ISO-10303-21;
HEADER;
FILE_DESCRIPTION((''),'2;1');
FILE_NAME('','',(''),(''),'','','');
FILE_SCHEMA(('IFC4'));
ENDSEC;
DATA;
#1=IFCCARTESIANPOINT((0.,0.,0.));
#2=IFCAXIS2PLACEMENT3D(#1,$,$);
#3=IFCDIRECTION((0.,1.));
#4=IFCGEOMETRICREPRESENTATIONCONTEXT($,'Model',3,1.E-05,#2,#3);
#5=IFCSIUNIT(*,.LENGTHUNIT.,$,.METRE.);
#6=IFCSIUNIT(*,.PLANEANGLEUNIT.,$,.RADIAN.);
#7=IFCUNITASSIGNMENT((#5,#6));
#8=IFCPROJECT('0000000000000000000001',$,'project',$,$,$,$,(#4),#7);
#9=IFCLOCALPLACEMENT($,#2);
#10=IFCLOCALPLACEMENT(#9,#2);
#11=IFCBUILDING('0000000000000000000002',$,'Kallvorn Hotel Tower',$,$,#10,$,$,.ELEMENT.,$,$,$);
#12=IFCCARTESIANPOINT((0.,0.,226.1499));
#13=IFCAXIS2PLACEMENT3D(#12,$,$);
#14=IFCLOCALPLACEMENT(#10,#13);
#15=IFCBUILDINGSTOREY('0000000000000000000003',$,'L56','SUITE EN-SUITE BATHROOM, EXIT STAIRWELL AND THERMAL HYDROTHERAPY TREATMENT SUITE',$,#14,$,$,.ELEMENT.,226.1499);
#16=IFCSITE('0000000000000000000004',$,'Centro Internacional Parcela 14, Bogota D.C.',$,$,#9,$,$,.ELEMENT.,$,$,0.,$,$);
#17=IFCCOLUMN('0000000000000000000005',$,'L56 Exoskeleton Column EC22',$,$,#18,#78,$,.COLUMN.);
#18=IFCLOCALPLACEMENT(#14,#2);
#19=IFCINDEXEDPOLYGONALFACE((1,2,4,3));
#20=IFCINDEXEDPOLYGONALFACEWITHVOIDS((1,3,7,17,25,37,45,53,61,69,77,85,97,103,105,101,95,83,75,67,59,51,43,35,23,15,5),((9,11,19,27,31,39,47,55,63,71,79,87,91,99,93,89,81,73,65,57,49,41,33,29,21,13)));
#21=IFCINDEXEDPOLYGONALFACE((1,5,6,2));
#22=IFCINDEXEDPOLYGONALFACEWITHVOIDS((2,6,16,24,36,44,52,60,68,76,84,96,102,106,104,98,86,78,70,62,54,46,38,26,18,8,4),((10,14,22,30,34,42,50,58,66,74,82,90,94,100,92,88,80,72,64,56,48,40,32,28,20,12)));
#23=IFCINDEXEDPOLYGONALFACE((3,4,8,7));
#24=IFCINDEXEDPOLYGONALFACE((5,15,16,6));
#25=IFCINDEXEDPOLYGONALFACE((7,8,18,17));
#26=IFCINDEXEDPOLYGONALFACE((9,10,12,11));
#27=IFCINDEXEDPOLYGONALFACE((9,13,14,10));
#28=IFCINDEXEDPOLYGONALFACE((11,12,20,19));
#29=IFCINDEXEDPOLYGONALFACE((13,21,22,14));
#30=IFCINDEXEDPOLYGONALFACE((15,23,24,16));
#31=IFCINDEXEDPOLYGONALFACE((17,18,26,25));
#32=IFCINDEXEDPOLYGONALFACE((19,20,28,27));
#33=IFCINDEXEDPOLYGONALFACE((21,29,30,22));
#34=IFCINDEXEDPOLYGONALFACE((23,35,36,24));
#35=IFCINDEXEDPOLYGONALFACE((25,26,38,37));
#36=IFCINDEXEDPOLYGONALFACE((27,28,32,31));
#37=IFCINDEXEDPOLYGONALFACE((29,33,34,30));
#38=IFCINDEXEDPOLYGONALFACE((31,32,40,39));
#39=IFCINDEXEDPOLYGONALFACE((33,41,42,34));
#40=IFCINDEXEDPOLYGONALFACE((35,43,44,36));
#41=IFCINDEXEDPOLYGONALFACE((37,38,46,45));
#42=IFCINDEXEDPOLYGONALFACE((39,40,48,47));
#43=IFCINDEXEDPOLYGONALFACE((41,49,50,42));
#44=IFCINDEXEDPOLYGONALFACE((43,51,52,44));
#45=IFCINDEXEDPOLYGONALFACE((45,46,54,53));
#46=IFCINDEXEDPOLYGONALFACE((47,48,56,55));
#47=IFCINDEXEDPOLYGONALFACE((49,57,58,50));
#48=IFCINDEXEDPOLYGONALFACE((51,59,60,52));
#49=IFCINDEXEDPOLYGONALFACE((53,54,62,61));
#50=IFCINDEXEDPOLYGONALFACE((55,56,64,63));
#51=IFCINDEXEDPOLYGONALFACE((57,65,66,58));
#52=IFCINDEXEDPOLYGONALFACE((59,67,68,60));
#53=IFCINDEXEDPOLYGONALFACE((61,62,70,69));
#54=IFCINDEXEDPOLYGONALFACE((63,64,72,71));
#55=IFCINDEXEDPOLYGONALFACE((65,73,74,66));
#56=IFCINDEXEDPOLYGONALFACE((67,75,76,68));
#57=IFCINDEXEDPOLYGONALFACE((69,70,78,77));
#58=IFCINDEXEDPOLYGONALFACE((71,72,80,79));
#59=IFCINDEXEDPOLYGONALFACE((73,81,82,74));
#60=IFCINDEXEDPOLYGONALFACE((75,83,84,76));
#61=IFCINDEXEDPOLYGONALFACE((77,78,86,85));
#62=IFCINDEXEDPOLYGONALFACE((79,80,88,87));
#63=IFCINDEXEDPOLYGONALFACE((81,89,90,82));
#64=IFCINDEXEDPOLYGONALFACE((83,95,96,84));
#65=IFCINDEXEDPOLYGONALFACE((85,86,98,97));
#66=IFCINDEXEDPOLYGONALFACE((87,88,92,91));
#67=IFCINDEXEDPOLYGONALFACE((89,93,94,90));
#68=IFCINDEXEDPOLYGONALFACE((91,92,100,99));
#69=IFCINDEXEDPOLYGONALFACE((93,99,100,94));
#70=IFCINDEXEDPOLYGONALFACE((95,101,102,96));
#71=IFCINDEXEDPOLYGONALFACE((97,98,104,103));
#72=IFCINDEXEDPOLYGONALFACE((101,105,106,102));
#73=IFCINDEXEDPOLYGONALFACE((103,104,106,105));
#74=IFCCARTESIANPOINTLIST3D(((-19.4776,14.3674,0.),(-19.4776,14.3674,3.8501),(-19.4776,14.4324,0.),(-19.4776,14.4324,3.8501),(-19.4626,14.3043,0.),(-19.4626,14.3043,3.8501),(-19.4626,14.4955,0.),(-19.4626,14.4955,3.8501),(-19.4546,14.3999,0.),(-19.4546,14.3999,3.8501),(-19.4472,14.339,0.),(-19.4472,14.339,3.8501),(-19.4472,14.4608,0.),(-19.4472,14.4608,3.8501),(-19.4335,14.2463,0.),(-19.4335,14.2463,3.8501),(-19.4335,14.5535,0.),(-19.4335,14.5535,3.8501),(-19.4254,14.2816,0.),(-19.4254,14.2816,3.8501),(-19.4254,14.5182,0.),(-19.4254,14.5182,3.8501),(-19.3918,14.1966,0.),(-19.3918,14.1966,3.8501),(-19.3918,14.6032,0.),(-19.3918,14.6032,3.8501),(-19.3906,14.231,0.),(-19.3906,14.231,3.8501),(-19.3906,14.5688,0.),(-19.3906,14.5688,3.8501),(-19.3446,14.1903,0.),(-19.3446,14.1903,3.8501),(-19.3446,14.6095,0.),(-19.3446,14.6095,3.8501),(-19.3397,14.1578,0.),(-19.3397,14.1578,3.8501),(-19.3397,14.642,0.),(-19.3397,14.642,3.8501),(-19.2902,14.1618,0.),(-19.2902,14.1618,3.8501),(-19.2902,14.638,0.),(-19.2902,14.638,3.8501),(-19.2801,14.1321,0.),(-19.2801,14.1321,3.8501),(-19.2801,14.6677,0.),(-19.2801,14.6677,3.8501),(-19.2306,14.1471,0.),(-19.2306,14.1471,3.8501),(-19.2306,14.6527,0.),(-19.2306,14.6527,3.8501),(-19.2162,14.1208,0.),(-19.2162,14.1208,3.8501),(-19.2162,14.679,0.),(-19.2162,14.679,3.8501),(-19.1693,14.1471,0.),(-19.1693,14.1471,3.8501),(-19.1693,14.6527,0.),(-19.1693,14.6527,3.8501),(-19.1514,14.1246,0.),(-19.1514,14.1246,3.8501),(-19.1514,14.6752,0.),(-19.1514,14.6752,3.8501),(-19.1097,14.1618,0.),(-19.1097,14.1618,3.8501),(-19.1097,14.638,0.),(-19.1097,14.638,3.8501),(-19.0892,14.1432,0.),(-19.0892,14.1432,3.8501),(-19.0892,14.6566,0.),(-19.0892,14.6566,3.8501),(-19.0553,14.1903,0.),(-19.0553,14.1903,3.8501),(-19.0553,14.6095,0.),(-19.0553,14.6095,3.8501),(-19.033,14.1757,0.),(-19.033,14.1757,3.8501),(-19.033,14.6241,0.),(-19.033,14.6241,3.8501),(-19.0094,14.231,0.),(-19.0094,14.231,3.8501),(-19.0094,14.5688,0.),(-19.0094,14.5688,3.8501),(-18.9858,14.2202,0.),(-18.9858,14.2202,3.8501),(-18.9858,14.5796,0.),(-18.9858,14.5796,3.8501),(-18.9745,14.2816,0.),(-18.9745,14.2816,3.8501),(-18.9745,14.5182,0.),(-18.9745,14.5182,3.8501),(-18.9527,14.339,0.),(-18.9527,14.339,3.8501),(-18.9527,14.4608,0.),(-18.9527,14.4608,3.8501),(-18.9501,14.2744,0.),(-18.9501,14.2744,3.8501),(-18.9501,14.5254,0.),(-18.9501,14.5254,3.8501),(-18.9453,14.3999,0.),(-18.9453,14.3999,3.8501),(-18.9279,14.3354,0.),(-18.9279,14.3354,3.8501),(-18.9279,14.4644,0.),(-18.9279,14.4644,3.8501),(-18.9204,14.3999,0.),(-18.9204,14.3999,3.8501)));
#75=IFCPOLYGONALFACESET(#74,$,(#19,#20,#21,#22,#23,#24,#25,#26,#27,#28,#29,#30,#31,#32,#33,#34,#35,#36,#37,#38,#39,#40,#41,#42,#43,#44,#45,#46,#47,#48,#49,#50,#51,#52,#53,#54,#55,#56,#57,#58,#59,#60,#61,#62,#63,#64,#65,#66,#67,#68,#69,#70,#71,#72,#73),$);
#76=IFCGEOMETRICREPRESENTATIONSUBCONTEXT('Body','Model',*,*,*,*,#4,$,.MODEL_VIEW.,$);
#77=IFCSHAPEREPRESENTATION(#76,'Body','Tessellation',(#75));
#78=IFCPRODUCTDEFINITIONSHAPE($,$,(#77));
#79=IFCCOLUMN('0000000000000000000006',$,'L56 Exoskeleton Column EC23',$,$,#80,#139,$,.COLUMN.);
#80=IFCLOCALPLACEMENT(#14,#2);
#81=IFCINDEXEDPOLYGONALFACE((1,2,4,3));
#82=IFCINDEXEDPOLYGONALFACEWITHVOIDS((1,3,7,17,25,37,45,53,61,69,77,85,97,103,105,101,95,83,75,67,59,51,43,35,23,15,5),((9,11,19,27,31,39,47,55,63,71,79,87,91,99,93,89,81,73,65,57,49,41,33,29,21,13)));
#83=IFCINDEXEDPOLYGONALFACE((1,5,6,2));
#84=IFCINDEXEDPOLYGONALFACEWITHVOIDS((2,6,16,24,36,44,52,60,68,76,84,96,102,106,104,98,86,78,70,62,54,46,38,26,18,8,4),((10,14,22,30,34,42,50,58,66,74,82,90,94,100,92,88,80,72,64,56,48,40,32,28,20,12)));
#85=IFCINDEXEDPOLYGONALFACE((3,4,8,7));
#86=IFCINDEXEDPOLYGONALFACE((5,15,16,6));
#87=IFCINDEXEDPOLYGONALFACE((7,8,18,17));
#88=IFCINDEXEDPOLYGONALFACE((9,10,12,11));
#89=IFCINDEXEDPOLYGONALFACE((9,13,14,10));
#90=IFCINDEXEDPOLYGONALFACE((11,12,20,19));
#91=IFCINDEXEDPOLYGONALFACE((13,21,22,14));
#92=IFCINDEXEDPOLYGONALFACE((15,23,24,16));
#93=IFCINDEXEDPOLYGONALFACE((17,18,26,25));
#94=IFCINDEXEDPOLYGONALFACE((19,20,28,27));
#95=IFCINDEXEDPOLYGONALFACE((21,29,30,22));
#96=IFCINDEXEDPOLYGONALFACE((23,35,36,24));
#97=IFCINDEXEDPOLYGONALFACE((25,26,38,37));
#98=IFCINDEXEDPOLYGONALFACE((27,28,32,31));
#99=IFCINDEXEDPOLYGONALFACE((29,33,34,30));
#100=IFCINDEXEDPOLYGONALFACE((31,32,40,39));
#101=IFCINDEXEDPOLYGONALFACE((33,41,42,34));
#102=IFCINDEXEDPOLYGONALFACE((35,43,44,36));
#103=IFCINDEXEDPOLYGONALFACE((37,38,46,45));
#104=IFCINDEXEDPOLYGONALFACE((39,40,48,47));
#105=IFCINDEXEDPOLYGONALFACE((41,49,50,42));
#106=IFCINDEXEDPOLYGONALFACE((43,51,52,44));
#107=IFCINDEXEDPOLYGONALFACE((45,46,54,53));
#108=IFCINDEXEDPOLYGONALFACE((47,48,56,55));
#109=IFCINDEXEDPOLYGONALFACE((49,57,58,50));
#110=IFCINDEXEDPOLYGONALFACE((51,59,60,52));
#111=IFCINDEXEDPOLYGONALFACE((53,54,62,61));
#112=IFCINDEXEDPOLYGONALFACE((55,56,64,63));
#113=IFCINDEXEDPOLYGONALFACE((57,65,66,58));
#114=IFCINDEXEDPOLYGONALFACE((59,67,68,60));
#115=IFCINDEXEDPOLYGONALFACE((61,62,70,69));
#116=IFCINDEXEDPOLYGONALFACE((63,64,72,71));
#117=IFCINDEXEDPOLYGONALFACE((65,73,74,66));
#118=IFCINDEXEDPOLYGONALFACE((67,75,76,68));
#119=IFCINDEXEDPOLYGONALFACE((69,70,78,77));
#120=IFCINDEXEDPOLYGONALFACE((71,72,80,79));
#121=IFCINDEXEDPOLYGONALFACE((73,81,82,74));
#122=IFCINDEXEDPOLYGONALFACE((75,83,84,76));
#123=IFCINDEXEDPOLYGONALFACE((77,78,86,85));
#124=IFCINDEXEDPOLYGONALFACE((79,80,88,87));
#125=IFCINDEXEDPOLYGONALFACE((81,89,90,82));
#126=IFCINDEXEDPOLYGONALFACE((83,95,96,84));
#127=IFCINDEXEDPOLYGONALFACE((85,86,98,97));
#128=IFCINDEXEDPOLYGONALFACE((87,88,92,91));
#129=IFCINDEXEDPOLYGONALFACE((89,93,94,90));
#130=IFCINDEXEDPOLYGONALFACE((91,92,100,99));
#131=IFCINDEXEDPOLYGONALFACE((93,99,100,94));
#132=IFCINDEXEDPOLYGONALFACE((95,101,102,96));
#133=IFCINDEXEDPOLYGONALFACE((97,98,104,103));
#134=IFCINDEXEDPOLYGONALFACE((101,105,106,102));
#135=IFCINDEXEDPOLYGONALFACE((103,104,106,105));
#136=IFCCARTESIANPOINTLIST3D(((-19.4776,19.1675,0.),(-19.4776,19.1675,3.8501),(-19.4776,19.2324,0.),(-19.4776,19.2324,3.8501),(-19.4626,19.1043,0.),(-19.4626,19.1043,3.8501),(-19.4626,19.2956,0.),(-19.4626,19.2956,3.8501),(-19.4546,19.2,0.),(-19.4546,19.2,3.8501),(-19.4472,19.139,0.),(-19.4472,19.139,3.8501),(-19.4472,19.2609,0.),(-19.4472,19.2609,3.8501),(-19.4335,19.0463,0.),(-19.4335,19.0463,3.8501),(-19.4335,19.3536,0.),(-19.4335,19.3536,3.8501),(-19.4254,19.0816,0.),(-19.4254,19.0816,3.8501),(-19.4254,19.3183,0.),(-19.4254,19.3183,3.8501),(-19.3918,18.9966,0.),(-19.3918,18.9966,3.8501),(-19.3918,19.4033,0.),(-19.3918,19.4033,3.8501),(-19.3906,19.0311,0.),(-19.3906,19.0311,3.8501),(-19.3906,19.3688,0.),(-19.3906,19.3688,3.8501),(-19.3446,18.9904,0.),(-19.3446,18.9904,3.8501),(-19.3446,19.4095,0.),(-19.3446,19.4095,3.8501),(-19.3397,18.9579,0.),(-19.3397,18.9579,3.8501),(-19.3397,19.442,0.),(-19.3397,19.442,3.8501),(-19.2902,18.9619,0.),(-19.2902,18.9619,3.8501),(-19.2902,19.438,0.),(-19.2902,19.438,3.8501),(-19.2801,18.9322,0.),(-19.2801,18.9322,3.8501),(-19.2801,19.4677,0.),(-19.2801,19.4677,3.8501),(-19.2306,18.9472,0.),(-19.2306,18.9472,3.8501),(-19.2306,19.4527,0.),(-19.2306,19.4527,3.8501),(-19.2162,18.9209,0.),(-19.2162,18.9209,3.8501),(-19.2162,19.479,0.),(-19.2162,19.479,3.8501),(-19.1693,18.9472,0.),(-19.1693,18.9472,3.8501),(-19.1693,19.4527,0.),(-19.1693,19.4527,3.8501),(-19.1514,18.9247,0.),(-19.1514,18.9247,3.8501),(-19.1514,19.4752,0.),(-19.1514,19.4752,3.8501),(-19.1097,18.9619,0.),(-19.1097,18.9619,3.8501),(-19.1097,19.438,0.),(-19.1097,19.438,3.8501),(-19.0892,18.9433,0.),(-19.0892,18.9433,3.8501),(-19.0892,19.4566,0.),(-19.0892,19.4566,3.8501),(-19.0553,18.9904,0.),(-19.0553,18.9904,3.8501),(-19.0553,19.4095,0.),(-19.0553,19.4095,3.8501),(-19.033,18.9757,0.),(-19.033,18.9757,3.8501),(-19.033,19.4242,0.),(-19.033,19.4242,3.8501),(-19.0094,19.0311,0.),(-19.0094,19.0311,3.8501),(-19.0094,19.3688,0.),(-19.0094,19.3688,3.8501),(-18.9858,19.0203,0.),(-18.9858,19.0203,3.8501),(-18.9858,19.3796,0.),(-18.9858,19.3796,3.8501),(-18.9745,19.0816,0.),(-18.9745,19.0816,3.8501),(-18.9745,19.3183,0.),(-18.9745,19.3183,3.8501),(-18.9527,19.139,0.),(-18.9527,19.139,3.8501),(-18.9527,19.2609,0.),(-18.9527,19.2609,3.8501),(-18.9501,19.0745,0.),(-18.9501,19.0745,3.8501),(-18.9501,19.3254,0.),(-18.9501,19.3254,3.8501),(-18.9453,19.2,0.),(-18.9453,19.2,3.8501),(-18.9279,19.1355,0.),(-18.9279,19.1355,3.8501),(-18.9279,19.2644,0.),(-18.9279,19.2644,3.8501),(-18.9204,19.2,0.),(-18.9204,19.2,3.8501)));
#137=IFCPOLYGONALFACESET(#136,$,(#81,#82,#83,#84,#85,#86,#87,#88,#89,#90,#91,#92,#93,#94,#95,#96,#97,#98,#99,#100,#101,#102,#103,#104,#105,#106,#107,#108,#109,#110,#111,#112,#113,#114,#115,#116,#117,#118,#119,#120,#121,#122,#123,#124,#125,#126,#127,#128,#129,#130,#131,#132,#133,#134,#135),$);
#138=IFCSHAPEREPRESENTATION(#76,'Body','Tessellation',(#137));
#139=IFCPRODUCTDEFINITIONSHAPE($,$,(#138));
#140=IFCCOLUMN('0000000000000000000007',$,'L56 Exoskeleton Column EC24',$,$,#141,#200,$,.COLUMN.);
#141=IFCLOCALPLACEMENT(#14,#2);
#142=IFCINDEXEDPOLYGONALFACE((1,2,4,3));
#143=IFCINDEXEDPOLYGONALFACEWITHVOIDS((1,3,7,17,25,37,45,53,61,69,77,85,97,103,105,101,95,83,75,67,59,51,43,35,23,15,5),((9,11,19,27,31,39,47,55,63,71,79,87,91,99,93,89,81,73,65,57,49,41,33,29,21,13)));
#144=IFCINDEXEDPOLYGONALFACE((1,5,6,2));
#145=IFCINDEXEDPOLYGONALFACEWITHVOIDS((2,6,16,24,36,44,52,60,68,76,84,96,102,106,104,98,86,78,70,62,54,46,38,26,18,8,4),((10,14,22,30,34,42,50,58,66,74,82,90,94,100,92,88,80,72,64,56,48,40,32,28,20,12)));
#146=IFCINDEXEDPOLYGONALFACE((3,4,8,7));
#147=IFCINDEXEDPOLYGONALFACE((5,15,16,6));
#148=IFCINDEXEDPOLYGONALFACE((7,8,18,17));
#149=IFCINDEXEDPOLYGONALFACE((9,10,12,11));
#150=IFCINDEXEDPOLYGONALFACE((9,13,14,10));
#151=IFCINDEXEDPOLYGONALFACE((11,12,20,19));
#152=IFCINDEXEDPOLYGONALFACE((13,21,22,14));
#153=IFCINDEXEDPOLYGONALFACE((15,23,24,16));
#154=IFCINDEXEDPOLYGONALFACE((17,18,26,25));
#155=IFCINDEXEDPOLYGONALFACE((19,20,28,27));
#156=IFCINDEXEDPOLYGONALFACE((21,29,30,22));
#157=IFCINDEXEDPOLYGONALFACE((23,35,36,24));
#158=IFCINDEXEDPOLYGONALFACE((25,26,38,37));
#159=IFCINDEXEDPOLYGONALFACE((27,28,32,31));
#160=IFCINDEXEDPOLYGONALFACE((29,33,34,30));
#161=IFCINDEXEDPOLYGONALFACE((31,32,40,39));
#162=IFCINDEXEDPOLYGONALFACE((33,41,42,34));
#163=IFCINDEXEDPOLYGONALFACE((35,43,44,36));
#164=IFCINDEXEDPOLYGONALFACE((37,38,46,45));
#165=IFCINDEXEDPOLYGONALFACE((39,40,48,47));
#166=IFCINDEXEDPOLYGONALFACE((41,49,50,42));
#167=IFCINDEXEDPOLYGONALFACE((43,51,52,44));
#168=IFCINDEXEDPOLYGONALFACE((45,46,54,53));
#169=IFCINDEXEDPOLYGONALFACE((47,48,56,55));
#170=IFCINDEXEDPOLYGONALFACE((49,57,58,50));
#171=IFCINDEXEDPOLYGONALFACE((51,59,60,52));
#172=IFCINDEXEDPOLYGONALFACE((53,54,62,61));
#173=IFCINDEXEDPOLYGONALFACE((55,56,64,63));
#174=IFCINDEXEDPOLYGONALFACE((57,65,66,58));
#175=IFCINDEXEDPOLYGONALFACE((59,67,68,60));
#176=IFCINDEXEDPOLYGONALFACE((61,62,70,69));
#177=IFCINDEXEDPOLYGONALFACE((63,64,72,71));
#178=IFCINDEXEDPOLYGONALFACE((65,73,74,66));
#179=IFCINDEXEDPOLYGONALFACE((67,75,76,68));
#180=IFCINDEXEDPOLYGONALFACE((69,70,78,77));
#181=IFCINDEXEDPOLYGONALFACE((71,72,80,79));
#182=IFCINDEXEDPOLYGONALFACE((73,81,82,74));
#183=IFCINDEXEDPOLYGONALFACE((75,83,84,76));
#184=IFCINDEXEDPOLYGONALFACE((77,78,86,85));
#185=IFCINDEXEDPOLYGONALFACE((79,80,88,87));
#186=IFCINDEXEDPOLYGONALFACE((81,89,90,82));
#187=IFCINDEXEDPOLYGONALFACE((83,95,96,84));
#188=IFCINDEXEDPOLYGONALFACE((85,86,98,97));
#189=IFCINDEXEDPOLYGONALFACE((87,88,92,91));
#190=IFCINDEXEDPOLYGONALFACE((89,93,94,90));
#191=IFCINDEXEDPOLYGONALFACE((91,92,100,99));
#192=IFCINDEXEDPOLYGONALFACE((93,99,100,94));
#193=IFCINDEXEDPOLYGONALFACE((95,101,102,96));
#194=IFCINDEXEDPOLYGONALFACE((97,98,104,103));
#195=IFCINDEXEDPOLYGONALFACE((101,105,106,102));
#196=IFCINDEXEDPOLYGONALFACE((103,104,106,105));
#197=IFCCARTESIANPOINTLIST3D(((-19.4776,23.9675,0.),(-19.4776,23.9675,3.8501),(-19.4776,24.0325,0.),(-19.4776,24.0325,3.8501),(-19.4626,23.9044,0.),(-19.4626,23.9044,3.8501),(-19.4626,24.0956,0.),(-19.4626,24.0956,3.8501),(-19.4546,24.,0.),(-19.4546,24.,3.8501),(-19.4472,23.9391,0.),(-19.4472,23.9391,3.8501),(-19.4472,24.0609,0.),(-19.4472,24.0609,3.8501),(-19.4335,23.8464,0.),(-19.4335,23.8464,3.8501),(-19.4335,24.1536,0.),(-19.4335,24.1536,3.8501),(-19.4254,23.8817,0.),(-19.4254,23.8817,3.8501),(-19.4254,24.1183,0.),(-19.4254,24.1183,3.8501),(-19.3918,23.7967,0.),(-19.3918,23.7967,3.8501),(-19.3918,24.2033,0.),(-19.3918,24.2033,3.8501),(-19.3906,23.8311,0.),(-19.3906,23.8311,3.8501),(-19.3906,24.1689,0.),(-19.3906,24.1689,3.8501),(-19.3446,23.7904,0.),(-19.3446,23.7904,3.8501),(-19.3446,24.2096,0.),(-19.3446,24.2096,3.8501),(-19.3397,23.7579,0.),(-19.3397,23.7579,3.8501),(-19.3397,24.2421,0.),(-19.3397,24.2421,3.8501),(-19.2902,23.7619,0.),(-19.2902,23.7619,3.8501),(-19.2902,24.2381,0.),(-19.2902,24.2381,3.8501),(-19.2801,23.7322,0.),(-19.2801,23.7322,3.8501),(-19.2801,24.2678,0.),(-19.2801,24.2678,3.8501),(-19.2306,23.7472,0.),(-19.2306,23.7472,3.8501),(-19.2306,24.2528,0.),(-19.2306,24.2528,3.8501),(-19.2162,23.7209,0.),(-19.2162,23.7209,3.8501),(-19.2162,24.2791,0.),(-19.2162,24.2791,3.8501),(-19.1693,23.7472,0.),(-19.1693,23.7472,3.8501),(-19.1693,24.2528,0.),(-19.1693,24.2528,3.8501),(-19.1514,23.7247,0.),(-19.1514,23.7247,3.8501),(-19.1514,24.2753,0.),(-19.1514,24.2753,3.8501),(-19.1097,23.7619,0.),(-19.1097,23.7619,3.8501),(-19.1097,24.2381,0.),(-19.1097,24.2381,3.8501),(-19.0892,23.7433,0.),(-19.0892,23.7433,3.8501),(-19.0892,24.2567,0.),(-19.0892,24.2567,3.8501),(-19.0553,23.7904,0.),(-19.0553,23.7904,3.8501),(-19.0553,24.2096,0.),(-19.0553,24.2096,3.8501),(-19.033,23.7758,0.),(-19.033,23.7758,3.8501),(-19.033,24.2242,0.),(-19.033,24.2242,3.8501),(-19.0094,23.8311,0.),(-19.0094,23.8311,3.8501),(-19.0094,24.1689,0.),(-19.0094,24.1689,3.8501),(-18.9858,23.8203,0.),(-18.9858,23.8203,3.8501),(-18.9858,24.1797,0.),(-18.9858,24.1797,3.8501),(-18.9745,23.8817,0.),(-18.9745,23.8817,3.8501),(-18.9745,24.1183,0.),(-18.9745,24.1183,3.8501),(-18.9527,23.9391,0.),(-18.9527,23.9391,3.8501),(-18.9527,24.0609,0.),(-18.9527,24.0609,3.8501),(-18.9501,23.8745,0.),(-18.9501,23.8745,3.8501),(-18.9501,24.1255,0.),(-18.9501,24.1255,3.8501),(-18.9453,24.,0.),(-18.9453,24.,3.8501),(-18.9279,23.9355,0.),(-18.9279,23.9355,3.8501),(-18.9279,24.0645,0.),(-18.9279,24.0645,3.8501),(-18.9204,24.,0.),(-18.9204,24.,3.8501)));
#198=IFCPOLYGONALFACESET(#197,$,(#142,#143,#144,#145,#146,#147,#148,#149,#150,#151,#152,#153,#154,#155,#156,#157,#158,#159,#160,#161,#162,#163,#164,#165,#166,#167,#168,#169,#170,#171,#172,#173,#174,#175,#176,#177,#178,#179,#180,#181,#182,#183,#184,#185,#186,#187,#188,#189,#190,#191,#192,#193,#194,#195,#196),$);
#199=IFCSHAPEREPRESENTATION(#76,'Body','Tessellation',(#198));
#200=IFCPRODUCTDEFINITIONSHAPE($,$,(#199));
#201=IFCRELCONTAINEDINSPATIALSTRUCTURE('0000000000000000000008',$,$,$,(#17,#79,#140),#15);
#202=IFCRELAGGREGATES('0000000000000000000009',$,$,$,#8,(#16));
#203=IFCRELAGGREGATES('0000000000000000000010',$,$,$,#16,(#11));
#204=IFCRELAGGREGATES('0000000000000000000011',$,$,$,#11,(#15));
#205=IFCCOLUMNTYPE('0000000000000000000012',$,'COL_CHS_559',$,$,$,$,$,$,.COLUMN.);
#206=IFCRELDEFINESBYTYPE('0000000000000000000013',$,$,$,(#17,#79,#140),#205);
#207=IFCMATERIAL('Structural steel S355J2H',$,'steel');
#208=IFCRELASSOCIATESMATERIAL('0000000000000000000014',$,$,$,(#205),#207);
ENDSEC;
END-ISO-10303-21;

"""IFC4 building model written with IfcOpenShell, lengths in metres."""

from ifc_helpers import new_model, si_unit, direction, frame, origin, origin_2d, place, context, subcontext, project, spatial, hollow_circle, extrude, material, material_profile, profile_set, type_object, element, save


model = new_model("IFC4")

# Units and contexts
model_context = context("Model", 3, precision=1e-05, world=origin(), true_north=direction((0.0, 1.0)))
body_context = subcontext(model_context, "Body", "Model", "MODEL_VIEW")
ifc_project = project(units=[si_unit("LENGTHUNIT", "METRE"), si_unit("PLANEANGLEUNIT", "RADIAN")], contexts=[model_context])

# Site, building, storey
site_placement = place(None, origin())
site = spatial("IfcSite", under=ifc_project, at=site_placement, Name="Centro Internacional Parcela 14, Bogota D.C.", CompositionType="ELEMENT", RefElevation=0.0)
building_placement = place(site_placement, origin())
building = spatial("IfcBuilding", under=site, at=building_placement, Name="Kallvorn Hotel Tower", CompositionType="ELEMENT")
storey_placement = place(building_placement, frame((0.0, 0.0, 226.1499)))
storey = spatial("IfcBuildingStorey", under=building, at=storey_placement, Name="L56", Description="SUITE EN-SUITE BATHROOM, EXIT STAIRWELL AND THERMAL HYDROTHERAPY TREATMENT SUITE", CompositionType="ELEMENT", Elevation=226.1499)

# Columns
ifc_material_1 = material(Name="Structural steel S355J2H", Category="steel")
ifc_material_profile_1 = material_profile(ifc_material_1, hollow_circle(Radius=0.2795, WallThickness=0.0249, at=origin_2d()), Name="CHS 559x25")
ifc_profile_set_1 = profile_set([ifc_material_profile_1], Name="Structural steel S355J2H")
column_type_1 = type_object("IfcColumnType", Name="COL_CHS_559", PredefinedType="COLUMN", material=ifc_profile_set_1)
for number, where, z_axis, x_axis, name in (
    (1, (-19.2, 14.3999, 0.0), (0.0, 0.0, 1.0), (1.0, 0.0, 0.0), "L56 Exoskeleton Column EC22"),
    (2, (-19.2, 19.2, 0.0), (0.0, 0.0, 1.0), (1.0, 0.0, 0.0), "L56 Exoskeleton Column EC23"),
    (3, (-19.2, 24.0, 0.0), (0.0, 0.0, 1.0), (1.0, 0.0, 0.0), "L56 Exoskeleton Column EC24"),
):
    element("IfcColumn", number, at=place(storey_placement, frame(where, z_axis=z_axis, x_axis=x_axis)), inside=storey, type_object=column_type_1, Name=name, PredefinedType="COLUMN", context=body_context, shape_type="SweptSolid", body=[
        extrude(hollow_circle(Radius=0.2795, WallThickness=0.0249, at=origin_2d()), origin(), (0.0, 0.0, 1.0), 3.8501),
    ])

save(model, "model.ifc")
